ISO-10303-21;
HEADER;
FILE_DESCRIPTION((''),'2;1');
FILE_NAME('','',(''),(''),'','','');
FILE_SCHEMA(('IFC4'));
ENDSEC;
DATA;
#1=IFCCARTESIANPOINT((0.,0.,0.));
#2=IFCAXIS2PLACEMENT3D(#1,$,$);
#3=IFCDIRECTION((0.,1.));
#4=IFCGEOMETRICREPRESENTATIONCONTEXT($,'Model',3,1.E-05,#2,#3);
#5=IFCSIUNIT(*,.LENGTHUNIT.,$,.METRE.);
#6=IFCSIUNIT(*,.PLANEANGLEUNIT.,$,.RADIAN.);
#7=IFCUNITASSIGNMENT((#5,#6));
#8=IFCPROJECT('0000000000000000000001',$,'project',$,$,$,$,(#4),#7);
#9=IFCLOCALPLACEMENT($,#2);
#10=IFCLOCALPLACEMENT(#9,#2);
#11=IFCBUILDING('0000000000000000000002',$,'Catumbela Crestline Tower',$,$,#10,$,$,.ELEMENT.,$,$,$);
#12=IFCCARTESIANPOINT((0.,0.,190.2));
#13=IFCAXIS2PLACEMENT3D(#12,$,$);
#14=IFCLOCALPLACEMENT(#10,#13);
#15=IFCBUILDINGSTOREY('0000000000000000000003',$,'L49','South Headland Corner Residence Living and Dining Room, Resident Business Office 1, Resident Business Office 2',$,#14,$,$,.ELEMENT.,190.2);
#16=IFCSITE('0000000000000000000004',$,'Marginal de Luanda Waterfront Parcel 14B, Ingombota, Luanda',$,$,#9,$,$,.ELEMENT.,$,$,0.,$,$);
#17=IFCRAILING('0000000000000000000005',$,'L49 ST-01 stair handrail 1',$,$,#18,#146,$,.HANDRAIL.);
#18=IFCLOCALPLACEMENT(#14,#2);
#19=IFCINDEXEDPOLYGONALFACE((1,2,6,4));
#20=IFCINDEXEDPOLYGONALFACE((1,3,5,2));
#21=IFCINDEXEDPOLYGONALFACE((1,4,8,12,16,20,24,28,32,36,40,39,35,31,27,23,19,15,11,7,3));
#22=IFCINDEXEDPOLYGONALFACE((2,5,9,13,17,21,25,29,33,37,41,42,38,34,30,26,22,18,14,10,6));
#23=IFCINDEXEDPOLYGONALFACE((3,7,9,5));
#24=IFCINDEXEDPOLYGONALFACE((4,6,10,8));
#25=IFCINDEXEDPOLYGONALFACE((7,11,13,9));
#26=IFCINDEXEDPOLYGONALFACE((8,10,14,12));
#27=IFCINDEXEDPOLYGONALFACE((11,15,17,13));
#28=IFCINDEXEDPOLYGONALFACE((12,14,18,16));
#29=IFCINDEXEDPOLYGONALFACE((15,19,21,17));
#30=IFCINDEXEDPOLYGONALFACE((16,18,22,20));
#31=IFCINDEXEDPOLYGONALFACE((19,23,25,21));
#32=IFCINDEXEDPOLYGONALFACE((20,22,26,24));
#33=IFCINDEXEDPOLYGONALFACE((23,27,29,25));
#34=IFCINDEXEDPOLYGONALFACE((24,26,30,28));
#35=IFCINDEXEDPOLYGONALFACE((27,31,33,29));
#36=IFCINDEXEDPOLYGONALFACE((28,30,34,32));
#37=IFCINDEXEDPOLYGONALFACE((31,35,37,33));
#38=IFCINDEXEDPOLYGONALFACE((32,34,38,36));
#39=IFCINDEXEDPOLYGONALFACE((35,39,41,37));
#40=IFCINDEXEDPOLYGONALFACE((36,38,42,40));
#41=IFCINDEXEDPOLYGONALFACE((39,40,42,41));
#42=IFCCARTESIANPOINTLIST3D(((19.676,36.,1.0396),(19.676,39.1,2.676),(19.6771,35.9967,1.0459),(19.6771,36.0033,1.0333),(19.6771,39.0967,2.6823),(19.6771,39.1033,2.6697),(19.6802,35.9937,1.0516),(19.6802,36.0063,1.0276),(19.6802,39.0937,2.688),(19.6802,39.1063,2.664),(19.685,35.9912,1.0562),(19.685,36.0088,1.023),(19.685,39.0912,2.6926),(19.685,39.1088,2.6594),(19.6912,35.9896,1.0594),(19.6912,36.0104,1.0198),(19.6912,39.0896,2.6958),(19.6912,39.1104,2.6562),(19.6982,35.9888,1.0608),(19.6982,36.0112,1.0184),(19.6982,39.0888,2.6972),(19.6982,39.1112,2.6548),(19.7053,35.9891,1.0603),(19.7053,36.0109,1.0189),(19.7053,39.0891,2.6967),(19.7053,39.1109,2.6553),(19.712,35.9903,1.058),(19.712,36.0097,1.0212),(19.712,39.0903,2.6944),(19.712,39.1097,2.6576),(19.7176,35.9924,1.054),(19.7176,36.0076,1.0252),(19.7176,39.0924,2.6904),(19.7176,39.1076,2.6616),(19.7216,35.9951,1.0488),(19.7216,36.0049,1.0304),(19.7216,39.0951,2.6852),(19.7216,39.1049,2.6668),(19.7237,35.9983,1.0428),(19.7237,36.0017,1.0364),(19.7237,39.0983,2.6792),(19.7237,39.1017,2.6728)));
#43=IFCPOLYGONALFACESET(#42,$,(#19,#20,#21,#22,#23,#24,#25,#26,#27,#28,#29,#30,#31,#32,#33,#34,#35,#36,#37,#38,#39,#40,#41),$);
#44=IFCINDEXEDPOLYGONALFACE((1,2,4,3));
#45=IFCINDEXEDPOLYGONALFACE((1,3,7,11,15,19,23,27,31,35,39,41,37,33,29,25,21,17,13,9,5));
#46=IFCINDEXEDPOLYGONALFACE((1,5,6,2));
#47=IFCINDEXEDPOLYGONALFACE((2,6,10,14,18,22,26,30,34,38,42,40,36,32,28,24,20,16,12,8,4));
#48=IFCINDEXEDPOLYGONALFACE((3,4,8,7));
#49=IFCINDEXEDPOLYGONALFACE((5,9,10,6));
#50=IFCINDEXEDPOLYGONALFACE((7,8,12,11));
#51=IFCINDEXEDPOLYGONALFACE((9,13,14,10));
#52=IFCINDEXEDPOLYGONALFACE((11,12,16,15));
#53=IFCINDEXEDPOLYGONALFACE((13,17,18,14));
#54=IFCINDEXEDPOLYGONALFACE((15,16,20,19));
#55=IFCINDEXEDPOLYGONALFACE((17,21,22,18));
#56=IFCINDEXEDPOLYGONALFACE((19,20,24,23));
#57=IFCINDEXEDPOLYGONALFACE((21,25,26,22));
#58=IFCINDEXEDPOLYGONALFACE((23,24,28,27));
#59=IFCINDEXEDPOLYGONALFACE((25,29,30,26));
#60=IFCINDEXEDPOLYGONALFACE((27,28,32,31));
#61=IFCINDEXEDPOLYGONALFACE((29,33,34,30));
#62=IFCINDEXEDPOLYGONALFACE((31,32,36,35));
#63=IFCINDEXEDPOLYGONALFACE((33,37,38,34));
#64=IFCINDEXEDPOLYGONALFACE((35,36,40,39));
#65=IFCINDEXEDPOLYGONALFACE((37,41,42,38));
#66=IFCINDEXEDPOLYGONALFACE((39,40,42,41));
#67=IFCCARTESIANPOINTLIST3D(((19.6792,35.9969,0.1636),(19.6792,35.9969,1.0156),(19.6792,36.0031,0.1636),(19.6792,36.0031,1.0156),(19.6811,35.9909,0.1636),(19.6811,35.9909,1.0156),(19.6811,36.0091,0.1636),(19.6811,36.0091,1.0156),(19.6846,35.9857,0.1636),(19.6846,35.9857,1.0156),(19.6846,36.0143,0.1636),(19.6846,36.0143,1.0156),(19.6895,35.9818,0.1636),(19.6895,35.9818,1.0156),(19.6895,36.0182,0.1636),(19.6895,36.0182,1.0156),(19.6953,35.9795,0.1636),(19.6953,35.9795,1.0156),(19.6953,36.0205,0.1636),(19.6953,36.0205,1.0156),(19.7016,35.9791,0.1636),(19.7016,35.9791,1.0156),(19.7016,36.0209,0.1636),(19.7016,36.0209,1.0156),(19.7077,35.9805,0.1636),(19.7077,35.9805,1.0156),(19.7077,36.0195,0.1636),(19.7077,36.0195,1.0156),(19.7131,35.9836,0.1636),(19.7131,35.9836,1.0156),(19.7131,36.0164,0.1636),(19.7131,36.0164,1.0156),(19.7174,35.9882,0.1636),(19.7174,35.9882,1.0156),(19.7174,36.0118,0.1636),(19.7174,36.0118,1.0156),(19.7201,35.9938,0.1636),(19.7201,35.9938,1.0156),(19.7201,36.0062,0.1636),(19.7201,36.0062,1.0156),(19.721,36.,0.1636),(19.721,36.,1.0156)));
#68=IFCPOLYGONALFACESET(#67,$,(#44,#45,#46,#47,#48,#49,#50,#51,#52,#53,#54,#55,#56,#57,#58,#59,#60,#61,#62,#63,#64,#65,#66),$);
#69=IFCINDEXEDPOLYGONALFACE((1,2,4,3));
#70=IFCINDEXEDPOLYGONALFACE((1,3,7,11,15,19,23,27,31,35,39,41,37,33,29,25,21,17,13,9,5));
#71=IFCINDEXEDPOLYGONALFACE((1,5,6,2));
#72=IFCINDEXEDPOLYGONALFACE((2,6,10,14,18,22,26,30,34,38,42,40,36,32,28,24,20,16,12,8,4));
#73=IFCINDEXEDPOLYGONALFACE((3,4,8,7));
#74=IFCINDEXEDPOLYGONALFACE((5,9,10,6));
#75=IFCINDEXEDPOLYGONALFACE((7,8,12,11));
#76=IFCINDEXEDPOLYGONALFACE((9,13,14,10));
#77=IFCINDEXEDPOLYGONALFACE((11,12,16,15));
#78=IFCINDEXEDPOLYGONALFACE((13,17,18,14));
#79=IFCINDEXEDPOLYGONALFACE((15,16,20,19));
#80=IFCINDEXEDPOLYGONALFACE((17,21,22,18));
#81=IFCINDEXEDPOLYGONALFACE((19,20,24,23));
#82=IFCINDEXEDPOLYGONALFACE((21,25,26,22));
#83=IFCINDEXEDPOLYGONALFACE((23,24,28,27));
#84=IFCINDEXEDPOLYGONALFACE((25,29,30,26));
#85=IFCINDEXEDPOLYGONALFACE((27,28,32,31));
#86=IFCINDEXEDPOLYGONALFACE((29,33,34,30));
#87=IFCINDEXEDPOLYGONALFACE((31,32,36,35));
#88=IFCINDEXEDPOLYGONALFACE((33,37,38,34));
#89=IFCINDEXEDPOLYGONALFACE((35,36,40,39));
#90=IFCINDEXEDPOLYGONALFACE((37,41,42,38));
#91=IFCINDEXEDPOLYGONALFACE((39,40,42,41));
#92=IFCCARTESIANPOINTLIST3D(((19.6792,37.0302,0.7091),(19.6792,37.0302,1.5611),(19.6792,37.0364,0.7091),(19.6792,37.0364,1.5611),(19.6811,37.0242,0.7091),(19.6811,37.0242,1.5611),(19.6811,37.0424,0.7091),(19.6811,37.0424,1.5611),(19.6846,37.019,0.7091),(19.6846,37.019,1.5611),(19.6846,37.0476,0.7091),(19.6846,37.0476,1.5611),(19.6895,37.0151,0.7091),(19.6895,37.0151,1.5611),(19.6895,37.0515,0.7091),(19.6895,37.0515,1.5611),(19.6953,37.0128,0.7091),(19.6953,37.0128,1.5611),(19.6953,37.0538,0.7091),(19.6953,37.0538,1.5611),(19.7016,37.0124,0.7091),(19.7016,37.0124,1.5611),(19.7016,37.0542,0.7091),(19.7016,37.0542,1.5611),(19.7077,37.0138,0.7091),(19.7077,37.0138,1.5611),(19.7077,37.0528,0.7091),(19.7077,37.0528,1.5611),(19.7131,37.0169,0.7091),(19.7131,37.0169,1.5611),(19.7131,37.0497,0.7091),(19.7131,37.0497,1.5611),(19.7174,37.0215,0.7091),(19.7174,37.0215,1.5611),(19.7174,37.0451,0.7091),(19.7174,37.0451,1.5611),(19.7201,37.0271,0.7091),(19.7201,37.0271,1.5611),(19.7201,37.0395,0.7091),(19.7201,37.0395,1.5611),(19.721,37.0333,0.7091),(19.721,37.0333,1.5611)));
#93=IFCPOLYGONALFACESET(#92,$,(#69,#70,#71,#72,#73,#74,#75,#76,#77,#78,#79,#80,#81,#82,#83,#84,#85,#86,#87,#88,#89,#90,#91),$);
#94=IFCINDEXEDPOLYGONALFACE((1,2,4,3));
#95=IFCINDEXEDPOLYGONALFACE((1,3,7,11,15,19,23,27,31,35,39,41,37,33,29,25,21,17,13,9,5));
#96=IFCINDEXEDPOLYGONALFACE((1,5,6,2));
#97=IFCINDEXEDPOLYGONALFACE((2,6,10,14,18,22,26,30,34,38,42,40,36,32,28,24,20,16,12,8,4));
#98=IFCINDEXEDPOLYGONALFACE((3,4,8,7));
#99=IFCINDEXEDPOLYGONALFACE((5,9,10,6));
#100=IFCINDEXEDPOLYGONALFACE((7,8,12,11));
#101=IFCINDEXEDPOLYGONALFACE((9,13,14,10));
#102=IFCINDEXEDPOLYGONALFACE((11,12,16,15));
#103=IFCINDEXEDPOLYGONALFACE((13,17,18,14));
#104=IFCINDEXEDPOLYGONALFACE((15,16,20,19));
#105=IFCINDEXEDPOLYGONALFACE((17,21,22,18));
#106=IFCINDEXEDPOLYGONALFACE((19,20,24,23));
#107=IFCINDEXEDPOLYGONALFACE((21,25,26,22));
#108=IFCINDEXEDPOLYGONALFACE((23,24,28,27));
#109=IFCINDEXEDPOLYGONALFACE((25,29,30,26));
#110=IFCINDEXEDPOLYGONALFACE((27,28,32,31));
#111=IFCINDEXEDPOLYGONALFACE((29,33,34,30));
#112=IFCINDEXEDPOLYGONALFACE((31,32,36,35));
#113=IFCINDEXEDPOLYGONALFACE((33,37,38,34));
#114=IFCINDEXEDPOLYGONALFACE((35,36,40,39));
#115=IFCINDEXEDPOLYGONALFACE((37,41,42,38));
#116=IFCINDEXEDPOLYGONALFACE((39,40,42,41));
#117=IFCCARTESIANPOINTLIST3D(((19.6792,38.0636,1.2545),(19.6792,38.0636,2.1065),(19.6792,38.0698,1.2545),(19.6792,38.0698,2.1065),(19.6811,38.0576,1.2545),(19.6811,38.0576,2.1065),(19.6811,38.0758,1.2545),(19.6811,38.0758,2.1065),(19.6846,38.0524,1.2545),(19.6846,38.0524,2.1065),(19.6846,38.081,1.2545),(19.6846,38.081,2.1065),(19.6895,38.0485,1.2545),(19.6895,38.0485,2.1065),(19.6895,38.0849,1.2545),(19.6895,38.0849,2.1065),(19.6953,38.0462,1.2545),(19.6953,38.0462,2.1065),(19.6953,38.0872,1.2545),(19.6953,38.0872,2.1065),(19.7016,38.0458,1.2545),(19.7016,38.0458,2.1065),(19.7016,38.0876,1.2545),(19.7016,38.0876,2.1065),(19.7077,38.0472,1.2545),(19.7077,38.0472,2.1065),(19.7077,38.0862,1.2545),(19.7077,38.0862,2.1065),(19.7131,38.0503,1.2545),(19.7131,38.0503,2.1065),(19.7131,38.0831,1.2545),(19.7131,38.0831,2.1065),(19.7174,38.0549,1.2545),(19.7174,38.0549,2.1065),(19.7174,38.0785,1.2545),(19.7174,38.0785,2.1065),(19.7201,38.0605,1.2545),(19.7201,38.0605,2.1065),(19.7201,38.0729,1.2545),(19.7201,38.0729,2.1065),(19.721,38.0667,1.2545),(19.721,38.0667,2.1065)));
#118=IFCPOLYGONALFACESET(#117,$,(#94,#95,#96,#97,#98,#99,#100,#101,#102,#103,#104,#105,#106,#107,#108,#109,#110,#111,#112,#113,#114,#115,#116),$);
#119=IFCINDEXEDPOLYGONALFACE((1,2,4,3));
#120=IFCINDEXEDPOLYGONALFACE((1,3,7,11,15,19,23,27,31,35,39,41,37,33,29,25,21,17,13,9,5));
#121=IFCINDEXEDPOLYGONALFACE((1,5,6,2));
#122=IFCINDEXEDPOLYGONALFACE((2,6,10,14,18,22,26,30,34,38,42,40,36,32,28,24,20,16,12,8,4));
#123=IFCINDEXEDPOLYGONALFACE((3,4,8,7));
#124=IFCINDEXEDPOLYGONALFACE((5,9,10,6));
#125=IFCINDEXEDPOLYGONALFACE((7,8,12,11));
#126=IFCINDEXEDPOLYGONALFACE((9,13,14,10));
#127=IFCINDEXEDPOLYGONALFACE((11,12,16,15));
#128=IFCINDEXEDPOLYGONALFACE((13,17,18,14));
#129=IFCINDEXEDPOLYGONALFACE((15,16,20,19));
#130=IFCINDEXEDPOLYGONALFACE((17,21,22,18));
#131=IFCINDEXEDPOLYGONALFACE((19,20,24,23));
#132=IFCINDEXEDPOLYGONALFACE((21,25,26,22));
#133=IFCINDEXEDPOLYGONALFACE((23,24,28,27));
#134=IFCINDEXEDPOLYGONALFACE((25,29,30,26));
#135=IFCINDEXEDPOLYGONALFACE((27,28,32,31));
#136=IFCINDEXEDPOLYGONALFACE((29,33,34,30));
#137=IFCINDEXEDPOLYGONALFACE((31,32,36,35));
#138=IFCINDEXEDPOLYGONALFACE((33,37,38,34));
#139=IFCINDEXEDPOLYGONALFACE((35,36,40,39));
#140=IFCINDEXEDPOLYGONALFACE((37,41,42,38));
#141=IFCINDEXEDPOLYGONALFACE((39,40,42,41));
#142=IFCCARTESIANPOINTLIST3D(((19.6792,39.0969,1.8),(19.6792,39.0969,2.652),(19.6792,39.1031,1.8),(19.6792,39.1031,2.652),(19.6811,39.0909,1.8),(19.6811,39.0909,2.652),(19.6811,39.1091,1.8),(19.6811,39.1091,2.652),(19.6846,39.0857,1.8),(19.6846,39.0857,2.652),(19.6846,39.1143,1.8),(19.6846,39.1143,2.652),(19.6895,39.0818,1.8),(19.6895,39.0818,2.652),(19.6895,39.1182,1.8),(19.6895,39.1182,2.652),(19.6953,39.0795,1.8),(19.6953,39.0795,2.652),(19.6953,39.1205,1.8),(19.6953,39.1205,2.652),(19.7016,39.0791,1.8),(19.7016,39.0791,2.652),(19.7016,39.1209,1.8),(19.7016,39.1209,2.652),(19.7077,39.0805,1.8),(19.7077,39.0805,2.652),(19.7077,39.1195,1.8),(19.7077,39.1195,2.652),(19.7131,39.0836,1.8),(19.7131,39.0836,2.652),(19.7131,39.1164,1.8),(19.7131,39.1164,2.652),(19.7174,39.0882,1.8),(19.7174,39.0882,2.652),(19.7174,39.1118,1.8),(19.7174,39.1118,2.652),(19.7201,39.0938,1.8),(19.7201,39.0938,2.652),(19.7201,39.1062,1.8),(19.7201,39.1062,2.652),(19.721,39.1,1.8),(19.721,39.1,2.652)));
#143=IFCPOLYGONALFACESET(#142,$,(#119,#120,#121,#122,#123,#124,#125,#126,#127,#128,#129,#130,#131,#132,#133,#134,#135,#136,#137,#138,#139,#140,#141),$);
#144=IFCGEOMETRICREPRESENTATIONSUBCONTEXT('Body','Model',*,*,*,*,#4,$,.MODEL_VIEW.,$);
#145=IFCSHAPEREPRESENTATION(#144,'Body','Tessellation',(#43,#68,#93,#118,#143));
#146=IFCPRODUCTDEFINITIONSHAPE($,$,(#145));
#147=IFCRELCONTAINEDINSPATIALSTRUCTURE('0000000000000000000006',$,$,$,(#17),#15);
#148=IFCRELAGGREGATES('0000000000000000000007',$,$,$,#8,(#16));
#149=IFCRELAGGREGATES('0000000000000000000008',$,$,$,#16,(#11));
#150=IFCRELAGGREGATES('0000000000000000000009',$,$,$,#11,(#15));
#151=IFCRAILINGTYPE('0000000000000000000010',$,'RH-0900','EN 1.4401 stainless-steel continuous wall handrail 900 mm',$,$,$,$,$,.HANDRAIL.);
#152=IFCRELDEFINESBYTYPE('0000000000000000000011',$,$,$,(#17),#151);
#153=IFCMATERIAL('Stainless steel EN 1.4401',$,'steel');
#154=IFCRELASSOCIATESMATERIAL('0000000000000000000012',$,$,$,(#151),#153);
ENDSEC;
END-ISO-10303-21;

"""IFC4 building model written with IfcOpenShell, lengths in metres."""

from ifc_helpers import new_model, si_unit, direction, frame, origin, origin_2d, place, context, subcontext, project, spatial, circle, extrude, material, type_object, element, save


model = new_model("IFC4")

# Units and contexts
model_context = context("Model", 3, precision=1e-05, world=origin(), true_north=direction((0.0, 1.0)))
body_context = subcontext(model_context, "Body", "Model", "MODEL_VIEW")
ifc_project = project(units=[si_unit("LENGTHUNIT", "METRE"), si_unit("PLANEANGLEUNIT", "RADIAN")], contexts=[model_context])

# Site, building, storey
site_placement = place(None, origin())
site = spatial("IfcSite", under=ifc_project, at=site_placement, Name="Marginal de Luanda Waterfront Parcel 14B, Ingombota, Luanda", CompositionType="ELEMENT", RefElevation=0.0)
building_placement = place(site_placement, origin())
building = spatial("IfcBuilding", under=site, at=building_placement, Name="Catumbela Crestline Tower", CompositionType="ELEMENT")
storey_placement = place(building_placement, frame((0.0, 0.0, 190.2)))
storey = spatial("IfcBuildingStorey", under=building, at=storey_placement, Name="L49", Description="South Headland Corner Residence Living and Dining Room, Resident Business Office 1, Resident Business Office 2", CompositionType="ELEMENT", Elevation=190.2)

# Shared definitions
ifc_material_1 = material(Name="Stainless steel EN 1.4401", Category="steel")

# Railing
railing_type_1 = type_object("IfcRailingType", Name="RH-0900", Description="EN 1.4401 stainless-steel continuous wall handrail 900 mm", PredefinedType="HANDRAIL", material=ifc_material_1)
railing_1_placement = place(storey_placement, frame((19.7, 36.0, 0.1636)))
element("IfcRailing", 1, at=railing_1_placement, inside=storey, type_object=railing_type_1, Name="L49 ST-01 stair handrail 1", PredefinedType="HANDRAIL", context=body_context, shape_type="SweptSolid", body=[
    extrude(circle(Radius=0.024, at=origin_2d()), frame((0.0, 0.0, 0.876), z_axis=(0.0, 0.884351, 0.466823), x_axis=(-1.0, 0.0, 0.0)), (0.0, 0.0, 1.0), 3.5054),
    extrude(circle(Radius=0.021, at=origin_2d()), origin(), (0.0, 0.0, 1.0), 0.852),
    extrude(circle(Radius=0.021, at=origin_2d()), frame((0.0, 1.0333, 0.5455)), (0.0, 0.0, 1.0), 0.852),
    extrude(circle(Radius=0.021, at=origin_2d()), frame((0.0, 2.0667, 1.0909)), (0.0, 0.0, 1.0), 0.852),
    extrude(circle(Radius=0.021, at=origin_2d()), frame((0.0, 3.1, 1.6364)), (0.0, 0.0, 1.0), 0.852),
])

save(model, "model.ifc")
